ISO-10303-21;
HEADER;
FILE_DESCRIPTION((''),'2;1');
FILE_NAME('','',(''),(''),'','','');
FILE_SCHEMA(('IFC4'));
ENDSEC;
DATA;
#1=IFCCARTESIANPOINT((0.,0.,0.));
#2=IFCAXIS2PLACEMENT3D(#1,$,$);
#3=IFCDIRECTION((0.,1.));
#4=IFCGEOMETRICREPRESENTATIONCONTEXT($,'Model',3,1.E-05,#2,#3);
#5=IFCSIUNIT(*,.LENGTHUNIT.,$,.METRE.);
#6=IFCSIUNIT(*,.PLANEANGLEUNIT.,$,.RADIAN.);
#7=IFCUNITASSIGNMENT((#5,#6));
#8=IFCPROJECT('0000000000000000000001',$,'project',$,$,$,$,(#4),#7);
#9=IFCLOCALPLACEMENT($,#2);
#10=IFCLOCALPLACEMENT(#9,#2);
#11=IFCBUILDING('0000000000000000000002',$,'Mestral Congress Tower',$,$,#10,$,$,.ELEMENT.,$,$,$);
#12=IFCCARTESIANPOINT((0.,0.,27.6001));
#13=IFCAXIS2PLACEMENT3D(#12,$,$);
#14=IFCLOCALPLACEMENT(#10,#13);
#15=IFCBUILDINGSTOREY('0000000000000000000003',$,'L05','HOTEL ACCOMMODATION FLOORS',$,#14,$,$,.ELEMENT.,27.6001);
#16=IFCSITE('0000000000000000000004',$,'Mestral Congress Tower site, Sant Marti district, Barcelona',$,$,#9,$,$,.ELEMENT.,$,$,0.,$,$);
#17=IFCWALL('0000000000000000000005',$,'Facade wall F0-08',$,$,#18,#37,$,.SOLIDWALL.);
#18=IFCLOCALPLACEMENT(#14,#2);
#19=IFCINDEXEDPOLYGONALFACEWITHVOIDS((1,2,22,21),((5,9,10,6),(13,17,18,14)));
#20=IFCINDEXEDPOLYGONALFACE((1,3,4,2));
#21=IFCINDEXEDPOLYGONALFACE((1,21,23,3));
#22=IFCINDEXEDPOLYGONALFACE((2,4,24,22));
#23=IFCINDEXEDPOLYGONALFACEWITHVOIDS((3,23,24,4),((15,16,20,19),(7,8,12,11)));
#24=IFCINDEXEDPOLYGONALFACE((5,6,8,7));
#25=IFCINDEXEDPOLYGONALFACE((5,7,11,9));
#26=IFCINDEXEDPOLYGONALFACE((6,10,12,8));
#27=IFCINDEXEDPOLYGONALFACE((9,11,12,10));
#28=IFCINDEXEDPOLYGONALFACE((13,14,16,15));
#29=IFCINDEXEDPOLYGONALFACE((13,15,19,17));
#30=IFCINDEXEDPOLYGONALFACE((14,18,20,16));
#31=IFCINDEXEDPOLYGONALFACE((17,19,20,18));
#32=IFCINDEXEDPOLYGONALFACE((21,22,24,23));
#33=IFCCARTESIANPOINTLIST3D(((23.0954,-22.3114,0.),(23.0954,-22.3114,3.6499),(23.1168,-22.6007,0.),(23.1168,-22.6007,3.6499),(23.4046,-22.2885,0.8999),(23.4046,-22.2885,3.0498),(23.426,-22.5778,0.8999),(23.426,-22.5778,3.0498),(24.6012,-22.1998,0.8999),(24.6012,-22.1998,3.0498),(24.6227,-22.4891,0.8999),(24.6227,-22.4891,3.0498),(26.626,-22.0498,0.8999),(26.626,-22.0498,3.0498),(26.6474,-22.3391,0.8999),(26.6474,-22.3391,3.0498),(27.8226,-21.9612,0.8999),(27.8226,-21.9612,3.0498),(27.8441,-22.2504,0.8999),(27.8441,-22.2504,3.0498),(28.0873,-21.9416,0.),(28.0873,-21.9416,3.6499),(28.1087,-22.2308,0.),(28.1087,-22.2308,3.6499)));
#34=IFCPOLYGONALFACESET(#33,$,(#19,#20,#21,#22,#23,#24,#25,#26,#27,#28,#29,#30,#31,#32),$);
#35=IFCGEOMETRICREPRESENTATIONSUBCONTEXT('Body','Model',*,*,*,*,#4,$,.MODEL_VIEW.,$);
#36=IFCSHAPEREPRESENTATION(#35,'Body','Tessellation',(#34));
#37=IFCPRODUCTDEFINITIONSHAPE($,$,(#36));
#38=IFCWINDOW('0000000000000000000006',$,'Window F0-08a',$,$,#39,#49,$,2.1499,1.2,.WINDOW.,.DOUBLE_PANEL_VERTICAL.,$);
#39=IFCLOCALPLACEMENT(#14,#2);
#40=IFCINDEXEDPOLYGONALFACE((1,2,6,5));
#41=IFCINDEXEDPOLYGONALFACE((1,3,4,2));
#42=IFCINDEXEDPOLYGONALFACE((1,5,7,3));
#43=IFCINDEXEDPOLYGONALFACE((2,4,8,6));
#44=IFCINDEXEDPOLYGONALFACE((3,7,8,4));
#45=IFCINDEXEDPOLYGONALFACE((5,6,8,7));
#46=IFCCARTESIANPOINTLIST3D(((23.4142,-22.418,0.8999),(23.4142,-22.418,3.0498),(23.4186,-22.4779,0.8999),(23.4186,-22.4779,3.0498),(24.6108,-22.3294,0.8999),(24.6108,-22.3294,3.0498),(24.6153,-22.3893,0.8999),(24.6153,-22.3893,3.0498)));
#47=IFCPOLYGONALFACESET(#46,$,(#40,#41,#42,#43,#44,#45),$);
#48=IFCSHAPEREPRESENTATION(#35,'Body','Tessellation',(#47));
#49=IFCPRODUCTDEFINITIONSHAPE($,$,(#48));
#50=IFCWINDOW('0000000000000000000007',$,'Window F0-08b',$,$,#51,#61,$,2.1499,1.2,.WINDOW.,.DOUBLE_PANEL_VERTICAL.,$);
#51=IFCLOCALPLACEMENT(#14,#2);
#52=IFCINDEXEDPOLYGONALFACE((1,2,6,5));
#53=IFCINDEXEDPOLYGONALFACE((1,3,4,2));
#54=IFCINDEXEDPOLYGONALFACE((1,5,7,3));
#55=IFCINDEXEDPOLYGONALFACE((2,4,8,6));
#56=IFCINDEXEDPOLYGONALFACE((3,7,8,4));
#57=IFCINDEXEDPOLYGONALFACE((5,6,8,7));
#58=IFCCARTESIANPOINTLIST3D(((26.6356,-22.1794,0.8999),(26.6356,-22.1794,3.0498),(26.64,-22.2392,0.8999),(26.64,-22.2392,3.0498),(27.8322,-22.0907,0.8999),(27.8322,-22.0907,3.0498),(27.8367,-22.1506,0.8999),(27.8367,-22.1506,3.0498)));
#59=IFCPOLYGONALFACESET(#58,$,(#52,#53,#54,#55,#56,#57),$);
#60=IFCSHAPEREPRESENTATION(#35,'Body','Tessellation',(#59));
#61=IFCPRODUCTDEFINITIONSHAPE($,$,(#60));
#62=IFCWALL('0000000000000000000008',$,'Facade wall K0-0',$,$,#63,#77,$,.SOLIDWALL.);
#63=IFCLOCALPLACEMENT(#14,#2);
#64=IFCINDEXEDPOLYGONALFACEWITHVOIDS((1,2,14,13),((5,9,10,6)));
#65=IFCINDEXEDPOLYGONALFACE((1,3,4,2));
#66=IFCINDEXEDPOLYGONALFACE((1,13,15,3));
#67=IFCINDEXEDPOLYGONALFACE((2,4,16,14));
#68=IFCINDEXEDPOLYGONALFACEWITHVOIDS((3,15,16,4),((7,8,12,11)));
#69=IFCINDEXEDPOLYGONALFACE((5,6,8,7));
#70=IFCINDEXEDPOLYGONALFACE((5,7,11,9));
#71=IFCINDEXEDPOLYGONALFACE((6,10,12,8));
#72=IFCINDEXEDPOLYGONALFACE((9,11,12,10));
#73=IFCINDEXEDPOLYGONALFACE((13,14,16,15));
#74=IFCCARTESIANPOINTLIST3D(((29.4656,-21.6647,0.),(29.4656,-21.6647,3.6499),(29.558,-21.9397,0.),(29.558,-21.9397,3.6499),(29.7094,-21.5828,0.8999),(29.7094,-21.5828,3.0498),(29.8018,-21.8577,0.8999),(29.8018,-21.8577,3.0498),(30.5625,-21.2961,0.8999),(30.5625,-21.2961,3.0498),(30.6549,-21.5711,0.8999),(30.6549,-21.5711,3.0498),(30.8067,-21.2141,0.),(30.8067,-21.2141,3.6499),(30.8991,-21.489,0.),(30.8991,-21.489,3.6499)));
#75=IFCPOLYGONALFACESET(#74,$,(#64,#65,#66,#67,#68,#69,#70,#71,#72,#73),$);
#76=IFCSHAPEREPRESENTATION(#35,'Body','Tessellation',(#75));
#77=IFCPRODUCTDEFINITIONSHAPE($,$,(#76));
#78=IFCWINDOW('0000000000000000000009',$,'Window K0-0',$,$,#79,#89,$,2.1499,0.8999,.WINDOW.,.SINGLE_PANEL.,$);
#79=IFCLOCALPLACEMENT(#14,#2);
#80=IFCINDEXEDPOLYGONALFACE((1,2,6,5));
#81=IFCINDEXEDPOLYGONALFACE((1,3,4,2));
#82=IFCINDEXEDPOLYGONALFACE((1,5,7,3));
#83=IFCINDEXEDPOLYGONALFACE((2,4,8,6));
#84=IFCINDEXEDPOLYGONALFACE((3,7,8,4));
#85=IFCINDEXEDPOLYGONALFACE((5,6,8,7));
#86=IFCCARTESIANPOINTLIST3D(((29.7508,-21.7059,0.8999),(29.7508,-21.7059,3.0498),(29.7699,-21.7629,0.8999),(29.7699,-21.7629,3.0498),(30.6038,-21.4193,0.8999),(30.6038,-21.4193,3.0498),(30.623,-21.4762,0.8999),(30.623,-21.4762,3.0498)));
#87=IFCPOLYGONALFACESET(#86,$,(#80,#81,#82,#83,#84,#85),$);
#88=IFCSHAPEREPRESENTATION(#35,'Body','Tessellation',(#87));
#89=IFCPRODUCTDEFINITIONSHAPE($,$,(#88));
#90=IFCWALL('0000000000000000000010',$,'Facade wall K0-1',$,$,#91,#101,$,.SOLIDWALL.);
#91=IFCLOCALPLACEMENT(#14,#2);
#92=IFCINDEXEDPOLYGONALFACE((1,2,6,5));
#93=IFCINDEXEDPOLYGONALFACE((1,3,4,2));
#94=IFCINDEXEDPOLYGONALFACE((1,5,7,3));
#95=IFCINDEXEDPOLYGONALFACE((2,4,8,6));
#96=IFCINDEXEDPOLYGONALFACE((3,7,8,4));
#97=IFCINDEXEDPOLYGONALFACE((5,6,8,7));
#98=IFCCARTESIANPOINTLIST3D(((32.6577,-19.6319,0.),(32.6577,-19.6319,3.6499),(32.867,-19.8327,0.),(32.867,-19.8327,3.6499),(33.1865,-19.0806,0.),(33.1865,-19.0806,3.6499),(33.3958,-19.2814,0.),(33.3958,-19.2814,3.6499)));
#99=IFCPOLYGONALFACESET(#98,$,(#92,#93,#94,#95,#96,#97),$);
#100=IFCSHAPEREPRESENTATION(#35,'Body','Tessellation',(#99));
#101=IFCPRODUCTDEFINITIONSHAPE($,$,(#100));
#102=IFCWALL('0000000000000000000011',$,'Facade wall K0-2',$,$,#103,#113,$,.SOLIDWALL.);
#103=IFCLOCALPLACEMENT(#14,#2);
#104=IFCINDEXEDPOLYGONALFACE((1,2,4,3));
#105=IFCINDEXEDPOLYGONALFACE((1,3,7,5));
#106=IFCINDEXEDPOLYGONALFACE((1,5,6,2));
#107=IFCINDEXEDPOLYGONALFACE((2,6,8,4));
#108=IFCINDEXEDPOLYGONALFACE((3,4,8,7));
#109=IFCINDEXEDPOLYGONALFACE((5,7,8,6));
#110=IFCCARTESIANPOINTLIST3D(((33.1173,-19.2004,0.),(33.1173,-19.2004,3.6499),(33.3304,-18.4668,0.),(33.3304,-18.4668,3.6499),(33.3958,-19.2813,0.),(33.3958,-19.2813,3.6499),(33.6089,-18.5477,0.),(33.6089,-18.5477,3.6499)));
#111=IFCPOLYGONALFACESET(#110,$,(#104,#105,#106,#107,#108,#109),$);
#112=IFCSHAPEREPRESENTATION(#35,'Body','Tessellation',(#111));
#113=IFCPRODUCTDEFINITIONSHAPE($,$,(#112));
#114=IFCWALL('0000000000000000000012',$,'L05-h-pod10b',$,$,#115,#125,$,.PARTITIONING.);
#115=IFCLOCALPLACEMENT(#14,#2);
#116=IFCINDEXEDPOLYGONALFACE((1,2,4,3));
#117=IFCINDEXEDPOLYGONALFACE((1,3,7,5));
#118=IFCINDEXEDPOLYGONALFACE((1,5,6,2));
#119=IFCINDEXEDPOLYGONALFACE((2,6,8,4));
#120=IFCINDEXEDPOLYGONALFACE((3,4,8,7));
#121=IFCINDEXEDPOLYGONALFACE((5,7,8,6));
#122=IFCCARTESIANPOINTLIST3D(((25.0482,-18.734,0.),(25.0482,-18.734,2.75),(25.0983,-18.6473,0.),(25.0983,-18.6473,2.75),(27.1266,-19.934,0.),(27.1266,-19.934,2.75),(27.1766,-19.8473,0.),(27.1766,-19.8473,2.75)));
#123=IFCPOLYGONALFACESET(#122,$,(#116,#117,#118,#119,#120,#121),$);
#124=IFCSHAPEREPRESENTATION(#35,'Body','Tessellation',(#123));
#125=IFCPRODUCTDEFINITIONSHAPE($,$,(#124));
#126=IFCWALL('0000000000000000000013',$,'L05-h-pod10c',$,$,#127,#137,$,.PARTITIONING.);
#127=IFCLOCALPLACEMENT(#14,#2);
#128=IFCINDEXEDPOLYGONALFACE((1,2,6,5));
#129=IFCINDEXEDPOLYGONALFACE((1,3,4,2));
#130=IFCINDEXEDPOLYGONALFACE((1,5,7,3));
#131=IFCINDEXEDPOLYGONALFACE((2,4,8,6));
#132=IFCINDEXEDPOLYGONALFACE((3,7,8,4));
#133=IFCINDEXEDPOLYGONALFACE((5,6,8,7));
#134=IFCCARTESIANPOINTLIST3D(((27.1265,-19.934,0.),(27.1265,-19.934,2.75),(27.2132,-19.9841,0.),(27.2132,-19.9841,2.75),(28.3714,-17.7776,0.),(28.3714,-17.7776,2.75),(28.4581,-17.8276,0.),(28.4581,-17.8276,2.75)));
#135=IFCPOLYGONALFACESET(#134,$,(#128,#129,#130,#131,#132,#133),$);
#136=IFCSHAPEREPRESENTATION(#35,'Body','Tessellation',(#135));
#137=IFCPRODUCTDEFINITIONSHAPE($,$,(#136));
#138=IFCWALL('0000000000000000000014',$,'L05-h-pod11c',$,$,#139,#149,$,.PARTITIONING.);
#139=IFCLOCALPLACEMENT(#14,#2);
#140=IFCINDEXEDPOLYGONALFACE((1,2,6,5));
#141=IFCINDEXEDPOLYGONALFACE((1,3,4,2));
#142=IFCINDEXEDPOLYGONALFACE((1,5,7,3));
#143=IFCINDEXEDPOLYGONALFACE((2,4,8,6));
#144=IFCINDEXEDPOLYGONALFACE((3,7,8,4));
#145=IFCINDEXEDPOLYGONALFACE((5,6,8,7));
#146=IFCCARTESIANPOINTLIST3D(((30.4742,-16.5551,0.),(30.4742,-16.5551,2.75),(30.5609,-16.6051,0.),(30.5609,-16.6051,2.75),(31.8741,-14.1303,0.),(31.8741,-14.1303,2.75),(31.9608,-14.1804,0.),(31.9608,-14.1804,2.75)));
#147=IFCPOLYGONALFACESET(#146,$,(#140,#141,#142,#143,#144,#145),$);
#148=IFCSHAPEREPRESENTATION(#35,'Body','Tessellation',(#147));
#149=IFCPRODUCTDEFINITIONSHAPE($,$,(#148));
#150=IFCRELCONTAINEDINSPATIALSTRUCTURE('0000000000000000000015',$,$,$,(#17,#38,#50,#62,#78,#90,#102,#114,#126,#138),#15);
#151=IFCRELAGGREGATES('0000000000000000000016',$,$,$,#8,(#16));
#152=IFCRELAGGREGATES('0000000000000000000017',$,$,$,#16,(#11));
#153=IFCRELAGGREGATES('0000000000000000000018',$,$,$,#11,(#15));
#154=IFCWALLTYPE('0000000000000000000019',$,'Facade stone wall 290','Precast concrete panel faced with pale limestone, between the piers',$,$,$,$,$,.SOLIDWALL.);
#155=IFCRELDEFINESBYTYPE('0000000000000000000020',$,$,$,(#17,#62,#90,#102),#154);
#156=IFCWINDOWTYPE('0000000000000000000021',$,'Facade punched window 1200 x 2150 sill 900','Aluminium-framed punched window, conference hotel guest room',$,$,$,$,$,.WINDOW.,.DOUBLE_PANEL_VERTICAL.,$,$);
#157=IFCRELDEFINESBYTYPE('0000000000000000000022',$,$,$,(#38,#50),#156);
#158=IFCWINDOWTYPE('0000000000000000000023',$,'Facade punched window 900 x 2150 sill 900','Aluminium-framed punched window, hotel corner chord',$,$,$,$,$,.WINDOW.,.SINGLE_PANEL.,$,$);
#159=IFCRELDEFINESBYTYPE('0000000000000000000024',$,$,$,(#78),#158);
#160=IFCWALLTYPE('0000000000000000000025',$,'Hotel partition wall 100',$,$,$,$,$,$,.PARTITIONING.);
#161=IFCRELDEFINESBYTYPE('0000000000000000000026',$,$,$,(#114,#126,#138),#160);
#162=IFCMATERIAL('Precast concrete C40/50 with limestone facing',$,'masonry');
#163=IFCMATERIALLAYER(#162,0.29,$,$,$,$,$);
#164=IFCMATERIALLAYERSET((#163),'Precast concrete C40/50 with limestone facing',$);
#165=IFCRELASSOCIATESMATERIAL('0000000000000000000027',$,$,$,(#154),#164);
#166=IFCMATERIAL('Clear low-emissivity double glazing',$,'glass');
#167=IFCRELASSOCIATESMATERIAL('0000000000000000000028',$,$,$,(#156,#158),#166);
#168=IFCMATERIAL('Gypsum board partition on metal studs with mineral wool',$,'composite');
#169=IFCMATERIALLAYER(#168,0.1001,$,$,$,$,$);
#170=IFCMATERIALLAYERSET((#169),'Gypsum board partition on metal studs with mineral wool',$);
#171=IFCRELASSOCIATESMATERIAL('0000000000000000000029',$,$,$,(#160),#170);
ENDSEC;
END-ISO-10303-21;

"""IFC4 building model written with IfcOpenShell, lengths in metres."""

from ifc_helpers import new_model, si_unit, direction, frame, frame_2d, origin, place, context, subcontext, project, spatial, rectangle, extrude, material, layer, layer_set, type_object, element, fill, save


model = new_model("IFC4")

# Units and contexts
model_context = context("Model", 3, precision=1e-05, world=origin(), true_north=direction((0.0, 1.0)))
body_context = subcontext(model_context, "Body", "Model", "MODEL_VIEW")
ifc_project = project(units=[si_unit("LENGTHUNIT", "METRE"), si_unit("PLANEANGLEUNIT", "RADIAN")], contexts=[model_context])

# Site, building, storey
site_placement = place(None, origin())
site = spatial("IfcSite", under=ifc_project, at=site_placement, Name="Mestral Congress Tower site, Sant Marti district, Barcelona", CompositionType="ELEMENT", RefElevation=0.0)
building_placement = place(site_placement, origin())
building = spatial("IfcBuilding", under=site, at=building_placement, Name="Mestral Congress Tower", CompositionType="ELEMENT")
storey_placement = place(building_placement, frame((0.0, 0.0, 27.6001)))
storey = spatial("IfcBuildingStorey", under=building, at=storey_placement, Name="L05", Description="HOTEL ACCOMMODATION FLOORS", CompositionType="ELEMENT", Elevation=27.6001)

# Wall, openings, windows
ifc_material_1 = material(Name="Precast concrete C40/50 with limestone facing", Category="masonry")
ifc_layer_1 = layer(ifc_material_1, 0.29)
ifc_layer_set_1 = layer_set([ifc_layer_1], Name="Precast concrete C40/50 with limestone facing")
wall_type_1 = type_object("IfcWallType", Name="Facade stone wall 290", Description="Precast concrete panel faced with pale limestone, between the piers", PredefinedType="SOLIDWALL", material=ifc_layer_set_1)
ifc_material_2 = material(Name="Clear low-emissivity double glazing", Category="glass")
window_type_1 = type_object("IfcWindowType", Name="Facade punched window 1200 x 2150 sill 900", Description="Aluminium-framed punched window, conference hotel guest room", PartitioningType="DOUBLE_PANEL_VERTICAL", PredefinedType="WINDOW", material=ifc_material_2)
wall_1_placement = place(storey_placement, frame((23.106, -22.4561, 0.0), z_axis=(0.0, 0.0, 1.0), x_axis=(0.997266, 0.073891, 0.0)))
wall_1 = element("IfcWall", 1, at=wall_1_placement, inside=storey, type_object=wall_type_1, Name="Facade wall F0-08", PredefinedType="SOLIDWALL", context=body_context, shape_type="SweptSolid", body=[
    extrude(rectangle(XDim=5.0056, YDim=0.29, at=frame_2d((2.5029, 0.0))), origin(), (0.0, 0.0, 1.0), 3.6499),
])
opening_1_placement = place(wall_1_placement, frame((0.3101, 0.0, 0.8999)))
opening_1 = element("IfcOpeningElement", 2, at=opening_1_placement, cuts=wall_1, PredefinedType="OPENING", context=body_context, shape_type="SweptSolid", body=[
    extrude(rectangle(XDim=1.2, YDim=2.1499, at=frame_2d((0.6001, 1.075))), frame((0.0, 0.155, 0.0), z_axis=(0.0, -1.0, 0.0), x_axis=(1.0, 0.0, 0.0)), (0.0, 0.0, 1.0), 0.3101),
])
opening_2_placement = place(wall_1_placement, frame((3.5403, 0.0, 0.8999)))
opening_2 = element("IfcOpeningElement", 3, at=opening_2_placement, cuts=wall_1, PredefinedType="OPENING", context=body_context, shape_type="SweptSolid", body=[
    extrude(rectangle(XDim=1.2, YDim=2.1499, at=frame_2d((0.6001, 1.075))), frame((0.0, 0.155, 0.0), z_axis=(0.0, -1.0, 0.0), x_axis=(1.0, 0.0, 0.0)), (0.0, 0.0, 1.0), 0.3101),
])
window_1_placement = place(opening_1_placement, origin())
window_1 = element("IfcWindow", 4, at=window_1_placement, inside=storey, type_object=window_type_1, Name="Window F0-08a", OverallHeight=2.1499, OverallWidth=1.2, PartitioningType="DOUBLE_PANEL_VERTICAL", PredefinedType="WINDOW", context=body_context, shape_type="SweptSolid", body=[
    extrude(rectangle(XDim=1.2, YDim=2.1499, at=frame_2d((0.6001, 1.075))), frame((0.0, 0.0151, 0.0), z_axis=(0.0, -1.0, 0.0), x_axis=(1.0, 0.0, 0.0)), (0.0, 0.0, 1.0), 0.0601),
])
fill(opening_1, window_1)
window_2_placement = place(opening_2_placement, origin())
window_2 = element("IfcWindow", 5, at=window_2_placement, inside=storey, type_object=window_type_1, Name="Window F0-08b", OverallHeight=2.1499, OverallWidth=1.2, PartitioningType="DOUBLE_PANEL_VERTICAL", PredefinedType="WINDOW", context=body_context, shape_type="SweptSolid", body=[
    extrude(rectangle(XDim=1.2, YDim=2.1499, at=frame_2d((0.6001, 1.075))), frame((0.0, 0.0151, 0.0), z_axis=(0.0, -1.0, 0.0), x_axis=(1.0, 0.0, 0.0)), (0.0, 0.0, 1.0), 0.0601),
])
fill(opening_2, window_2)

# Wall, opening, window
wall_2_placement = place(storey_placement, frame((29.5117, -21.8022, 0.0), z_axis=(0.0, 0.0, 1.0), x_axis=(0.947904, 0.318556, 0.0)))
wall_2 = element("IfcWall", 6, at=wall_2_placement, inside=storey, type_object=wall_type_1, Name="Facade wall K0-0", PredefinedType="SOLIDWALL", context=body_context, shape_type="SweptSolid", body=[
    extrude(rectangle(XDim=1.4148, YDim=0.29, at=frame_2d((0.7075, 0.0))), origin(), (0.0, 0.0, 1.0), 3.6499),
])
opening_3_placement = place(wall_2_placement, frame((0.2573, 0.0, 0.8999)))
opening_3 = element("IfcOpeningElement", 7, at=opening_3_placement, cuts=wall_2, PredefinedType="OPENING", context=body_context, shape_type="SweptSolid", body=[
    extrude(rectangle(XDim=0.8999, YDim=2.1499, at=frame_2d((0.45, 1.075))), frame((0.0, 0.155, 0.0), z_axis=(0.0, -1.0, 0.0), x_axis=(1.0, 0.0, 0.0)), (0.0, 0.0, 1.0), 0.3101),
])
window_type_2 = type_object("IfcWindowType", Name="Facade punched window 900 x 2150 sill 900", Description="Aluminium-framed punched window, hotel corner chord", PartitioningType="SINGLE_PANEL", PredefinedType="WINDOW", material=ifc_material_2)
window_3_placement = place(opening_3_placement, origin())
window_3 = element("IfcWindow", 8, at=window_3_placement, inside=storey, type_object=window_type_2, Name="Window K0-0", OverallHeight=2.1499, OverallWidth=0.8999, PartitioningType="SINGLE_PANEL", PredefinedType="WINDOW", context=body_context, shape_type="SweptSolid", body=[
    extrude(rectangle(XDim=0.8999, YDim=2.1499, at=frame_2d((0.45, 1.075))), frame((0.0, 0.0151, 0.0), z_axis=(0.0, -1.0, 0.0), x_axis=(1.0, 0.0, 0.0)), (0.0, 0.0, 1.0), 0.0601),
])
fill(opening_3, window_3)

# Walls
for number, where, z_axis, x_axis, name in (
    (9, (32.7625, -19.7322, 0.0), (0.0, 0.0, 1.0), (0.692252, 0.721656, 0.0), "Facade wall K0-1"),
    (10, (33.2566, -19.2407, 0.0), (0.0, 0.0, 1.0), (0.278981, 0.960297, 0.0), "Facade wall K0-2"),
):
    element("IfcWall", number, at=place(storey_placement, frame(where, z_axis=z_axis, x_axis=x_axis)), inside=storey, type_object=wall_type_1, Name=name, PredefinedType="SOLIDWALL", context=body_context, shape_type="SweptSolid", body=[
        extrude(rectangle(XDim=0.7639, YDim=0.29, at=frame_2d((0.3818, 0.0))), origin(), (0.0, 0.0, 1.0), 3.6499),
    ])
ifc_material_3 = material(Name="Gypsum board partition on metal studs with mineral wool", Category="composite")
ifc_layer_2 = layer(ifc_material_3, 0.1001)
ifc_layer_set_2 = layer_set([ifc_layer_2], Name="Gypsum board partition on metal studs with mineral wool")
wall_type_2 = type_object("IfcWallType", Name="Hotel partition wall 100", PredefinedType="PARTITIONING", material=ifc_layer_set_2)
wall_3_placement = place(storey_placement, frame((25.0732, -18.6907, 0.0), z_axis=(0.0, 0.0, 1.0), x_axis=(0.866025, -0.500001, 0.0)))
element("IfcWall", 11, at=wall_3_placement, inside=storey, type_object=wall_type_2, Name="L05-h-pod10b", PredefinedType="PARTITIONING", context=body_context, shape_type="SweptSolid", body=[
    extrude(rectangle(XDim=2.3999, YDim=0.1001, at=frame_2d((1.2, 0.0))), origin(), (0.0, 0.0, 1.0), 2.75),
])
wall_4_placement = place(storey_placement, frame((28.4148, -17.8025, 0.0), z_axis=(0.0, 0.0, 1.0), x_axis=(-0.499946, -0.866057, 0.0)))
element("IfcWall", 12, at=wall_4_placement, inside=storey, type_object=wall_type_2, Name="L05-h-pod10c", PredefinedType="PARTITIONING", context=body_context, shape_type="SweptSolid", body=[
    extrude(rectangle(XDim=2.49, YDim=0.1001, at=frame_2d((1.2451, 0.0))), origin(), (0.0, 0.0, 1.0), 2.75),
])
wall_5_placement = place(storey_placement, frame((30.5176, -16.5801, 0.0), z_axis=(0.0, 0.0, 1.0), x_axis=(0.499984, 0.866035, 0.0)))
element("IfcWall", 13, at=wall_5_placement, inside=storey, type_object=wall_type_2, Name="L05-h-pod11c", PredefinedType="PARTITIONING", context=body_context, shape_type="SweptSolid", body=[
    extrude(rectangle(XDim=2.7998, YDim=0.1001, at=frame_2d((1.3999, 0.0))), origin(), (0.0, 0.0, 1.0), 2.75),
])

save(model, "model.ifc")
